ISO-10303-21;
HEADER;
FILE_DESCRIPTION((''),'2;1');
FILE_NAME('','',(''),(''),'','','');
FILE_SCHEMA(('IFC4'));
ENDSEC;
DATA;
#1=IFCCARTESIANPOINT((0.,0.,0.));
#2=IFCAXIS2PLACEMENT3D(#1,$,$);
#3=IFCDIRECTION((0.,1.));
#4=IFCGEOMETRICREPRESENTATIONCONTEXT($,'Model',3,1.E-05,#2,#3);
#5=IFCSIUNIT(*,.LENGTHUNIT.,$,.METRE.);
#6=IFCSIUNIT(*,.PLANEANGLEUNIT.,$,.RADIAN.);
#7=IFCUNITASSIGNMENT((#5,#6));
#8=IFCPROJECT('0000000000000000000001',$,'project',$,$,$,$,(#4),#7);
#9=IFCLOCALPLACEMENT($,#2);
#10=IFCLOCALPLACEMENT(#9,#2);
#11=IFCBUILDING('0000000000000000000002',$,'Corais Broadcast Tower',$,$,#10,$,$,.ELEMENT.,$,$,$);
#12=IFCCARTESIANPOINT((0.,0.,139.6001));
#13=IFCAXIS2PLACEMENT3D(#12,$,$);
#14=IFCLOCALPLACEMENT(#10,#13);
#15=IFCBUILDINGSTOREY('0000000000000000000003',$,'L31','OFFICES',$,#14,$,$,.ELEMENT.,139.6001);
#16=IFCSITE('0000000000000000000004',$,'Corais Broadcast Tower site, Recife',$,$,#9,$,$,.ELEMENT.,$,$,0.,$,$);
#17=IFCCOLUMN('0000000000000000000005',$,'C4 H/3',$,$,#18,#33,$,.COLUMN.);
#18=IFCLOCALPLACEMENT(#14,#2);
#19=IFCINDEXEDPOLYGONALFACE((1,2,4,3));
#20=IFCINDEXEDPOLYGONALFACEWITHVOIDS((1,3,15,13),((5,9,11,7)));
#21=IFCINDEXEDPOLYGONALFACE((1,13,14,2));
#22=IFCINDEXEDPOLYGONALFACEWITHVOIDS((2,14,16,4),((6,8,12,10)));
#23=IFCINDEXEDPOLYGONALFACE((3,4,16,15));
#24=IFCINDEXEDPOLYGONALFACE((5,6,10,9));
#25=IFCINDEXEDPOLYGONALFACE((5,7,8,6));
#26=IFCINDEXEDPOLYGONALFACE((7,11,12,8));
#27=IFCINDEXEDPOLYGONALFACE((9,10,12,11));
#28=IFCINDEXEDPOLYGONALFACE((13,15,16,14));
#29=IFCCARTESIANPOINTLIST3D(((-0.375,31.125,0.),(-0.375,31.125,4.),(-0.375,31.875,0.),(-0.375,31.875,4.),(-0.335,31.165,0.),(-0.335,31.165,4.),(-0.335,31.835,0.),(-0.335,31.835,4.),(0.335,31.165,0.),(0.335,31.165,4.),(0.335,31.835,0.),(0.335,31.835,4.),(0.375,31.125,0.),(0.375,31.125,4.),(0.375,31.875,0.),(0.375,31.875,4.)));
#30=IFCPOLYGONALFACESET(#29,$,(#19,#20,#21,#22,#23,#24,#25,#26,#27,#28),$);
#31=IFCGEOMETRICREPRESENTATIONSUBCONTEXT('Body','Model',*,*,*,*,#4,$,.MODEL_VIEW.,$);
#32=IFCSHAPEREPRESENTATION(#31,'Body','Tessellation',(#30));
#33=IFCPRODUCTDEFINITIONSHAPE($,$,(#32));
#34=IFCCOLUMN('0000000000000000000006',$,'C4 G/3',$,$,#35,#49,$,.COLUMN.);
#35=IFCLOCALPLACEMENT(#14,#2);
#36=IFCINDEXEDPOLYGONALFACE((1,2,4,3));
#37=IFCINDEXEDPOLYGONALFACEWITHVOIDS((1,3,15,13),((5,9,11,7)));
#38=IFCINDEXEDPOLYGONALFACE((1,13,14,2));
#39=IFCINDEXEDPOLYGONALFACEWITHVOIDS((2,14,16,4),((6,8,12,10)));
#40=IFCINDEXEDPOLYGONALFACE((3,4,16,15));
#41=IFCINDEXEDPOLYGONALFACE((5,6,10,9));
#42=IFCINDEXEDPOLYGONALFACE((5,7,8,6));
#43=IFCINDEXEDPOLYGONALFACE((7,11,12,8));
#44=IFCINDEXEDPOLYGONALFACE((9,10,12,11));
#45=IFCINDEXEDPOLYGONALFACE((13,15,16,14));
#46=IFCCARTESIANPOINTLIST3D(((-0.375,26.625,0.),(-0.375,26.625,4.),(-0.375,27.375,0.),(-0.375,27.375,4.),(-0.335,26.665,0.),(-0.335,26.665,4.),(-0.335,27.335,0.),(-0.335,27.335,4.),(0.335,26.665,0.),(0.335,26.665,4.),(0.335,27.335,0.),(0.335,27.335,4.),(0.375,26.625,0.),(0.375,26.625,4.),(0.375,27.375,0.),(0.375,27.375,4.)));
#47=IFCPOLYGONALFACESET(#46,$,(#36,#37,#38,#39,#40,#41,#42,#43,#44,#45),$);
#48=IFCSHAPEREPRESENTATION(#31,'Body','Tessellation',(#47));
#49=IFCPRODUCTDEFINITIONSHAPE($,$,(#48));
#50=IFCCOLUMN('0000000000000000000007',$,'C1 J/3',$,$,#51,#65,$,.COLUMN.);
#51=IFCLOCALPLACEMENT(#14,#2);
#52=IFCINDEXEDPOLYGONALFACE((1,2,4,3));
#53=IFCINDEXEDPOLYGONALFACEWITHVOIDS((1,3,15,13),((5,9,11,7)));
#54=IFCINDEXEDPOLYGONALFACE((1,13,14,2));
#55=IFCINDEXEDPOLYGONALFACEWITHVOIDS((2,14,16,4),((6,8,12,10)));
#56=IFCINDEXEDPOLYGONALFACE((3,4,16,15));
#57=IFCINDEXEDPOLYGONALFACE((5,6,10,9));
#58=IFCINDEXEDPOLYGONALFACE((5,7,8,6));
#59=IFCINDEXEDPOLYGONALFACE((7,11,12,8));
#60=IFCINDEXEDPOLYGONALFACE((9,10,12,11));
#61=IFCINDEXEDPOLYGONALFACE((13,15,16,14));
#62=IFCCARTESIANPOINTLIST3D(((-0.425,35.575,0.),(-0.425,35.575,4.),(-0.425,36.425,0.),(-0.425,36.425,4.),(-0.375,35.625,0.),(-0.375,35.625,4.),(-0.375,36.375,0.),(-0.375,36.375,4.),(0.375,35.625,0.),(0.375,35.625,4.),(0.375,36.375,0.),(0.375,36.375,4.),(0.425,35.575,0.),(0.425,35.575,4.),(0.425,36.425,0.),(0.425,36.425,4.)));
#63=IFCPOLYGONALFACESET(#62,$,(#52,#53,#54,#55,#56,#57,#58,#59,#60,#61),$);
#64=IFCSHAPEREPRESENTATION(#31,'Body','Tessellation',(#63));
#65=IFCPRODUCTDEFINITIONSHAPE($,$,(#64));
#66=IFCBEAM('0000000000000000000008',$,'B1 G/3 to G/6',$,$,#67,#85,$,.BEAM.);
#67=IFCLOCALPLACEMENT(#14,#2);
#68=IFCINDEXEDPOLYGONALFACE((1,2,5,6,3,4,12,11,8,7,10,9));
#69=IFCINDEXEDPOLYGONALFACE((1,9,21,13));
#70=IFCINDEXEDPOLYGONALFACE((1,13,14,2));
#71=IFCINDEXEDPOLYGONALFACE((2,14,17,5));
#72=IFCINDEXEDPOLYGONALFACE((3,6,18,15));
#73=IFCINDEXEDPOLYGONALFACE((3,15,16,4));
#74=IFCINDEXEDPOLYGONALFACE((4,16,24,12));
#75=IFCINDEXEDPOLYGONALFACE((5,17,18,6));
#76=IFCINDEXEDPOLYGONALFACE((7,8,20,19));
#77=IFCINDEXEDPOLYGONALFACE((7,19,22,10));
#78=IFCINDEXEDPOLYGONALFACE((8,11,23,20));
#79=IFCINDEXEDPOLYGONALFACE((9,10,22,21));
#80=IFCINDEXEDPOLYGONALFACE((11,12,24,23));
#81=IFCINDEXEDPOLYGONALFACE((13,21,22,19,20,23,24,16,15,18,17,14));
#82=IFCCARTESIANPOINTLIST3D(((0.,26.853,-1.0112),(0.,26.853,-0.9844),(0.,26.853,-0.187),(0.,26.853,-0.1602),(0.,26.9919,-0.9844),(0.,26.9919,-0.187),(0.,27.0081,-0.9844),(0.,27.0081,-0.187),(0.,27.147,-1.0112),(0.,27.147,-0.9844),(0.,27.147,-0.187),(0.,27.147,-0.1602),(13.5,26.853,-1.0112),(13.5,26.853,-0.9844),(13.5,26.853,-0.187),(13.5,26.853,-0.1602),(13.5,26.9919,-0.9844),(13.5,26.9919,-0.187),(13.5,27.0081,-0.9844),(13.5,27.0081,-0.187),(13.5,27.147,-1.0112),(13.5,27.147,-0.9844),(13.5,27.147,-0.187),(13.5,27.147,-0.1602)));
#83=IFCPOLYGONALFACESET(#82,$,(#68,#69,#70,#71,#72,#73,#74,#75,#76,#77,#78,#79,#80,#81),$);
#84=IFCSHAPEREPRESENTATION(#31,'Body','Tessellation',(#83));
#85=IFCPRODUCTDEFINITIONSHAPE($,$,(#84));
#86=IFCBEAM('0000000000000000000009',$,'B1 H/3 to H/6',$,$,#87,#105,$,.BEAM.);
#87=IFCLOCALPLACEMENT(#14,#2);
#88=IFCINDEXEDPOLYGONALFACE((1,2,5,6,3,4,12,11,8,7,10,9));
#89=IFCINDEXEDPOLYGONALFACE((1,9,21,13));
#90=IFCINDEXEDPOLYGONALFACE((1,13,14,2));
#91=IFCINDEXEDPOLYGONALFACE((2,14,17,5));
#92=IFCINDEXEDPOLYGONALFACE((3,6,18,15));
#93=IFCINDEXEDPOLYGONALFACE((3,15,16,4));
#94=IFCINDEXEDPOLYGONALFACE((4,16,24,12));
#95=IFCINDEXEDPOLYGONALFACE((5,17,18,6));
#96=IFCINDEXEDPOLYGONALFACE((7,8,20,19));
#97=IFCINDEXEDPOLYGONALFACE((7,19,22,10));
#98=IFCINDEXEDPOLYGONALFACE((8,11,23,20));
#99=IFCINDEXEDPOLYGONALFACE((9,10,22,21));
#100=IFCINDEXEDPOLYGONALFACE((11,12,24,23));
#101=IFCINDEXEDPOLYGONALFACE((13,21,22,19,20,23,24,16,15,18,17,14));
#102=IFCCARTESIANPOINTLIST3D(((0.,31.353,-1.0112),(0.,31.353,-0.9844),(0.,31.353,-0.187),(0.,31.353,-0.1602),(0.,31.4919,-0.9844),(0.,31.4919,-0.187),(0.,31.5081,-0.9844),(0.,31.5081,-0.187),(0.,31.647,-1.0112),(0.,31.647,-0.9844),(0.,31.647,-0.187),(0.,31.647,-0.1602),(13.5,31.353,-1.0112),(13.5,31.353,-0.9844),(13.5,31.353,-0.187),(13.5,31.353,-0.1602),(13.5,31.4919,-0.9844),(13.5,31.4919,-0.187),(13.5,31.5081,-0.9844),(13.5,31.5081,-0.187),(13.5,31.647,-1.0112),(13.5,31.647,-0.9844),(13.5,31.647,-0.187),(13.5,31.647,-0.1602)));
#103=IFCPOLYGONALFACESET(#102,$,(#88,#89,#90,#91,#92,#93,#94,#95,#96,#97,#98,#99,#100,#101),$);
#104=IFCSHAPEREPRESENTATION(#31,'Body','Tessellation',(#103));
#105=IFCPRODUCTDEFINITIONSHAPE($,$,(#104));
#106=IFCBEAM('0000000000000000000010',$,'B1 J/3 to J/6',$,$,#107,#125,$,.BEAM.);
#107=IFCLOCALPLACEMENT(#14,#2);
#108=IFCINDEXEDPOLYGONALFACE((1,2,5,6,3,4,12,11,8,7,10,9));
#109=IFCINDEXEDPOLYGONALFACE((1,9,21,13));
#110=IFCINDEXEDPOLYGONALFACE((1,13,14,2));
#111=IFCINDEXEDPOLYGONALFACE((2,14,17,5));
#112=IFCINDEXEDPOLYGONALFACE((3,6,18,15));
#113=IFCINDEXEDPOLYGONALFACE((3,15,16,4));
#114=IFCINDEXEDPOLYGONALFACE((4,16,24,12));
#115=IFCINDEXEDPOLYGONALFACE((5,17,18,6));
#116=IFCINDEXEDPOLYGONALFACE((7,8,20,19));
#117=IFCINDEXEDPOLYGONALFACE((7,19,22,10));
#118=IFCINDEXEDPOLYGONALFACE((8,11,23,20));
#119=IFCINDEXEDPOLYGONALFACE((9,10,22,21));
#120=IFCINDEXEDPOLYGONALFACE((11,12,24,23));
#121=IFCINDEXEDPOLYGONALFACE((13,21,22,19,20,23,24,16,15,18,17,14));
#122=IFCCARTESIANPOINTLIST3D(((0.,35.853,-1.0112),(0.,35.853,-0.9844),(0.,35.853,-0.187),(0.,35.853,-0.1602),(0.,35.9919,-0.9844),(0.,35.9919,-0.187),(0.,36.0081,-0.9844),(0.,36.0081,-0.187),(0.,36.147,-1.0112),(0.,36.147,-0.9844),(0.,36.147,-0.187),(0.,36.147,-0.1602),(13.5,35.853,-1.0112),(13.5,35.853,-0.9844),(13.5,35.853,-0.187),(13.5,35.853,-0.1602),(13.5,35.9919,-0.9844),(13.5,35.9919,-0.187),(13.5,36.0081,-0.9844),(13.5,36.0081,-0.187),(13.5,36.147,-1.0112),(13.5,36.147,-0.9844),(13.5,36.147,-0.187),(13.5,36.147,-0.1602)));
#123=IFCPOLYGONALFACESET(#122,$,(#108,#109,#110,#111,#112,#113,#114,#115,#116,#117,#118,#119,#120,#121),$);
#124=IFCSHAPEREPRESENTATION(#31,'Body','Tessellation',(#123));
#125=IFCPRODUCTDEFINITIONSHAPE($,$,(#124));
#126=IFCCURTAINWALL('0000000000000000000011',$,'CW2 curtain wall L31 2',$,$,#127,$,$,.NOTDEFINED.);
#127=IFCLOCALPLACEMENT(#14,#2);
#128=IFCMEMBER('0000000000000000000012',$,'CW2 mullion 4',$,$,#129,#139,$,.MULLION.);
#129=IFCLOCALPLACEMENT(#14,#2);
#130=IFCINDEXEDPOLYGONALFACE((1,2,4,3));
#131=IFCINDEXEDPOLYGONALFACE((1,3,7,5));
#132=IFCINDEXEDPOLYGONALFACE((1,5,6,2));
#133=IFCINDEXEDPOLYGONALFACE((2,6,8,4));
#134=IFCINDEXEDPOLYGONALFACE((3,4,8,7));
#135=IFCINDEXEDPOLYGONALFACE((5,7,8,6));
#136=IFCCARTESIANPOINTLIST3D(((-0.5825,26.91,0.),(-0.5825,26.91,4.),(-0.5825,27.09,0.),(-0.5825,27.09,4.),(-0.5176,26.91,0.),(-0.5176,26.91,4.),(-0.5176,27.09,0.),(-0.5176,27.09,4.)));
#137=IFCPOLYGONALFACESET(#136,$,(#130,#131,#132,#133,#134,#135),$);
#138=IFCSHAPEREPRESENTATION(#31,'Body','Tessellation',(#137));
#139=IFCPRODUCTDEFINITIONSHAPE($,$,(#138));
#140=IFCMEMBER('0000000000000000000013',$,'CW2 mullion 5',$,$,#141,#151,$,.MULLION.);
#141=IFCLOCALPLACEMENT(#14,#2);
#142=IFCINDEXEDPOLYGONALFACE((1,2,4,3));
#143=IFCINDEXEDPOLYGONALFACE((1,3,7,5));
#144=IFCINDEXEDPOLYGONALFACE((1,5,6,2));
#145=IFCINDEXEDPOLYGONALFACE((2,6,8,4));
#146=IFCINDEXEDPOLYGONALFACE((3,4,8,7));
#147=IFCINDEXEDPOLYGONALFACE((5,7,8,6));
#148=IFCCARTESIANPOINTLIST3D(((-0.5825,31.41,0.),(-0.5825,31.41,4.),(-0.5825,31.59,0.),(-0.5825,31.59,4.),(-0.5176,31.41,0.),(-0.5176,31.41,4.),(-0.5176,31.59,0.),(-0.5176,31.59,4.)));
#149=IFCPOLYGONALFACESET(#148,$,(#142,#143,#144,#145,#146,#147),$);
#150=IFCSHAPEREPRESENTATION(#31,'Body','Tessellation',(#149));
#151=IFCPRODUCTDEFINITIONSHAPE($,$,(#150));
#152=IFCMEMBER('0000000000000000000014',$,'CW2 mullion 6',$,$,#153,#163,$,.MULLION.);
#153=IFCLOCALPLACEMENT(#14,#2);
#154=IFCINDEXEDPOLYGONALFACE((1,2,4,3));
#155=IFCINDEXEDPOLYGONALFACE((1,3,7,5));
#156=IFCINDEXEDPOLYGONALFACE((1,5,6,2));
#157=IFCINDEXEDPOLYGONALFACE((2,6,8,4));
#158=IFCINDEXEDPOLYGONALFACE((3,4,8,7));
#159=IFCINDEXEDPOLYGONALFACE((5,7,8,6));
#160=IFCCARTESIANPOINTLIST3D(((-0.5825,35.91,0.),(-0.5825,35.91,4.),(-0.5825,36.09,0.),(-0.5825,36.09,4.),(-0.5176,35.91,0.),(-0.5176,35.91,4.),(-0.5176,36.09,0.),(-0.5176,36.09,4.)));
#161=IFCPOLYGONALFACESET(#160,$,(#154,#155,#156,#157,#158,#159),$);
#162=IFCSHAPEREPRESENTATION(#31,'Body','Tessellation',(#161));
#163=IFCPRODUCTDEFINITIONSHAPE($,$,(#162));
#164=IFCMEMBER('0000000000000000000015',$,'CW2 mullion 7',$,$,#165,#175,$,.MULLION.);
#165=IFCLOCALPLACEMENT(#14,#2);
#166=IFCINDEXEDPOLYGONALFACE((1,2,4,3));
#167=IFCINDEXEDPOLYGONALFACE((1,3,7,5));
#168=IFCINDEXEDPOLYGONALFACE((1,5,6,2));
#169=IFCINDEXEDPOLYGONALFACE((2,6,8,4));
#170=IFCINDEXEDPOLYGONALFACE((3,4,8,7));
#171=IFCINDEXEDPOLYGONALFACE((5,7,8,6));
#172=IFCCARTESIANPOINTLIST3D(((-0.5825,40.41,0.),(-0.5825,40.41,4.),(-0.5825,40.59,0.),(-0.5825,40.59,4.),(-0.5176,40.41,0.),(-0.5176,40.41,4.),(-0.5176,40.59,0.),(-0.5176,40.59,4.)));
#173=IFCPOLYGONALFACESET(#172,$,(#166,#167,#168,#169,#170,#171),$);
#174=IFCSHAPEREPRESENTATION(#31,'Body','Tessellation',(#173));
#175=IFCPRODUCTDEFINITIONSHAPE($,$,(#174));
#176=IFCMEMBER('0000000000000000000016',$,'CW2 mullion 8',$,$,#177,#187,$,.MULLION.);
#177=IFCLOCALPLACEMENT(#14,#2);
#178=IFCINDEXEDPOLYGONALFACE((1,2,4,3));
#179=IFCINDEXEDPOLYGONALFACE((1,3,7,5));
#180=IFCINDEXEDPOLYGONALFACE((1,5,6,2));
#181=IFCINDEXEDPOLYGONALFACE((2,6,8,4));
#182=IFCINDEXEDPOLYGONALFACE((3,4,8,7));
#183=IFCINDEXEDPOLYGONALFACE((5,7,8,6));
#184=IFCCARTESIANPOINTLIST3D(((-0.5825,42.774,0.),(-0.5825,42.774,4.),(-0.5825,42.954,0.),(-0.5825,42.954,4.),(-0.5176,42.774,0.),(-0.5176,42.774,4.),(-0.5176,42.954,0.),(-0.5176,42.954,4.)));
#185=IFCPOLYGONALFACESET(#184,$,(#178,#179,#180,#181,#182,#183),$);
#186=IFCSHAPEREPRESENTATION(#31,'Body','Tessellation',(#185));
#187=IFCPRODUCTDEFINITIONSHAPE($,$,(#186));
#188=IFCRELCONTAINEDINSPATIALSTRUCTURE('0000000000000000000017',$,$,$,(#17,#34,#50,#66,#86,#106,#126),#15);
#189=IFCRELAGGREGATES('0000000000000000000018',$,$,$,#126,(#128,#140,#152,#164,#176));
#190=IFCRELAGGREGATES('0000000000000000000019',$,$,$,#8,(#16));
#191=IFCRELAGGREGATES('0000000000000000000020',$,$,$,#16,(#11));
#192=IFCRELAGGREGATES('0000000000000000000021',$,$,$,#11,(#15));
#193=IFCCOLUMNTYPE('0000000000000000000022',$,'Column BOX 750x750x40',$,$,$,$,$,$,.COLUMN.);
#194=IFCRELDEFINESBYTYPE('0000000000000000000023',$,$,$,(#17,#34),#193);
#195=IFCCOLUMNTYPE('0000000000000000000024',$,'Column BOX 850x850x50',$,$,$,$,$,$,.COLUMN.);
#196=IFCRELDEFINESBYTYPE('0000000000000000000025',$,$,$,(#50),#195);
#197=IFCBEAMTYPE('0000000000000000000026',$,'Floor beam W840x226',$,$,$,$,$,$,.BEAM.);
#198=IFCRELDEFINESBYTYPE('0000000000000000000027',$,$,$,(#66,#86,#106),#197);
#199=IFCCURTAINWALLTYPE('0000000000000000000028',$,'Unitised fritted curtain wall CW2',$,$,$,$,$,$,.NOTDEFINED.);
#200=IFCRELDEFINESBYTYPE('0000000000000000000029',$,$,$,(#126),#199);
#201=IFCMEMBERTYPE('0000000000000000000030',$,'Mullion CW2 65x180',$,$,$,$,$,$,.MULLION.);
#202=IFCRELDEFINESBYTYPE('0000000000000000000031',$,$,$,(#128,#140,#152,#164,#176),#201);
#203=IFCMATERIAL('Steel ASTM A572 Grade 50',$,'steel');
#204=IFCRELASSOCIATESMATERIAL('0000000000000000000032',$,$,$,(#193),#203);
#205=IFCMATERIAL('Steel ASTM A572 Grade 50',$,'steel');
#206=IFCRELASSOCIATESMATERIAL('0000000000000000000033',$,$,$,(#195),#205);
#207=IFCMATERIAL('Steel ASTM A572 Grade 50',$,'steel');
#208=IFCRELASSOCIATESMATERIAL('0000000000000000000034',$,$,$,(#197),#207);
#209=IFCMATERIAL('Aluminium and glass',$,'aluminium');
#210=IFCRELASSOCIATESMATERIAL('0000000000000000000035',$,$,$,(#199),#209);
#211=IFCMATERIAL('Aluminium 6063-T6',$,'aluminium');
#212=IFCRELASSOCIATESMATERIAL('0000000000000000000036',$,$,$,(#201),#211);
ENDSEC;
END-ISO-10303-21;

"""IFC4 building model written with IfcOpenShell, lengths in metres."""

from ifc_helpers import new_model, si_unit, direction, frame, origin, origin_2d, place, context, subcontext, project, spatial, rectangle, hollow_rectangle, i_section, extrude, material, material_profile, profile_set, type_object, element, aggregate, save


model = new_model("IFC4")

# Units and contexts
model_context = context("Model", 3, precision=1e-05, world=origin(), true_north=direction((0.0, 1.0)))
body_context = subcontext(model_context, "Body", "Model", "MODEL_VIEW")
ifc_project = project(units=[si_unit("LENGTHUNIT", "METRE"), si_unit("PLANEANGLEUNIT", "RADIAN")], contexts=[model_context])

# Site, building, storey
site_placement = place(None, origin())
site = spatial("IfcSite", under=ifc_project, at=site_placement, Name="Corais Broadcast Tower site, Recife", CompositionType="ELEMENT", RefElevation=0.0)
building_placement = place(site_placement, origin())
building = spatial("IfcBuilding", under=site, at=building_placement, Name="Corais Broadcast Tower", CompositionType="ELEMENT")
storey_placement = place(building_placement, frame((0.0, 0.0, 139.6001)))
storey = spatial("IfcBuildingStorey", under=building, at=storey_placement, Name="L31", Description="OFFICES", CompositionType="ELEMENT", Elevation=139.6001)

# Columns
ifc_material_1 = material(Name="Steel ASTM A572 Grade 50", Category="steel")
ifc_material_profile_1 = material_profile(ifc_material_1, hollow_rectangle(XDim=0.75, YDim=0.75, WallThickness=0.04, at=origin_2d()), Name="BOX 750x750x40")
ifc_profile_set_1 = profile_set([ifc_material_profile_1], Name="Steel ASTM A572 Grade 50")
column_type_1 = type_object("IfcColumnType", Name="Column BOX 750x750x40", PredefinedType="COLUMN", material=ifc_profile_set_1)
for number, where, z_axis, x_axis, name in (
    (1, (0.0, 31.5, 0.0), (0.0, 0.0, 1.0), (1.0, 0.0, 0.0), "C4 H/3"),
    (2, (0.0, 27.0, 0.0), (0.0, 0.0, 1.0), (1.0, 0.0, 0.0), "C4 G/3"),
):
    element("IfcColumn", number, at=place(storey_placement, frame(where, z_axis=z_axis, x_axis=x_axis)), inside=storey, type_object=column_type_1, Name=name, PredefinedType="COLUMN", context=body_context, shape_type="SweptSolid", body=[
        extrude(hollow_rectangle(XDim=0.75, YDim=0.75, WallThickness=0.04, at=origin_2d()), origin(), (0.0, 0.0, 1.0), 4.0),
    ])
ifc_material_2 = material(Name="Steel ASTM A572 Grade 50", Category="steel")
ifc_material_profile_2 = material_profile(ifc_material_2, hollow_rectangle(XDim=0.8501, YDim=0.8501, WallThickness=0.05, at=origin_2d()), Name="BOX 850x850x50")
ifc_profile_set_2 = profile_set([ifc_material_profile_2], Name="Steel ASTM A572 Grade 50")
column_type_2 = type_object("IfcColumnType", Name="Column BOX 850x850x50", PredefinedType="COLUMN", material=ifc_profile_set_2)
column_placement = place(storey_placement, frame((0.0, 36.0, 0.0), z_axis=(0.0, 0.0, 1.0), x_axis=(1.0, 0.0, 0.0)))
element("IfcColumn", 3, at=column_placement, inside=storey, type_object=column_type_2, Name="C1 J/3", PredefinedType="COLUMN", context=body_context, shape_type="SweptSolid", body=[
    extrude(hollow_rectangle(XDim=0.8501, YDim=0.8501, WallThickness=0.05, at=origin_2d()), origin(), (0.0, 0.0, 1.0), 4.0),
])

# Beams
ifc_material_3 = material(Name="Steel ASTM A572 Grade 50", Category="steel")
ifc_material_profile_3 = material_profile(ifc_material_3, i_section(OverallWidth=0.2939, OverallDepth=0.8511, WebThickness=0.0161, FlangeThickness=0.0269, at=origin_2d()), Name="W840x226")
ifc_profile_set_3 = profile_set([ifc_material_profile_3], Name="Steel ASTM A572 Grade 50")
beam_type_1 = type_object("IfcBeamType", Name="Floor beam W840x226", PredefinedType="BEAM", material=ifc_profile_set_3)
for number, where, z_axis, x_axis, name in (
    (4, (0.0, 27.0, -0.5857), (1.0, 0.0, 0.0), (0.0, 1.0, 0.0), "B1 G/3 to G/6"),
    (5, (0.0, 31.5, -0.5857), (1.0, 0.0, 0.0), (0.0, 1.0, 0.0), "B1 H/3 to H/6"),
    (6, (0.0, 36.0, -0.5857), (1.0, 0.0, 0.0), (0.0, 1.0, 0.0), "B1 J/3 to J/6"),
):
    element("IfcBeam", number, at=place(storey_placement, frame(where, z_axis=z_axis, x_axis=x_axis)), inside=storey, type_object=beam_type_1, Name=name, PredefinedType="BEAM", context=body_context, shape_type="SweptSolid", body=[
        extrude(i_section(OverallWidth=0.2939, OverallDepth=0.8511, WebThickness=0.0161, FlangeThickness=0.0269, at=origin_2d()), origin(), (0.0, 0.0, 1.0), 13.5),
    ])

# Curtain wall, members
ifc_material_4 = material(Name="Aluminium and glass", Category="aluminium")
curtain_wall_type = type_object("IfcCurtainWallType", Name="Unitised fritted curtain wall CW2", PredefinedType="NOTDEFINED", material=ifc_material_4)
curtain_wall_placement = place(storey_placement, origin())
curtain_wall = element("IfcCurtainWall", 7, at=curtain_wall_placement, inside=storey, type_object=curtain_wall_type, Name="CW2 curtain wall L31 2", PredefinedType="NOTDEFINED")
ifc_material_5 = material(Name="Aluminium 6063-T6", Category="aluminium")
ifc_material_profile_4 = material_profile(ifc_material_5, rectangle(XDim=0.0649, YDim=0.1799, at=origin_2d()), Name="Mullion CW2 65x180")
ifc_profile_set_4 = profile_set([ifc_material_profile_4], Name="Aluminium 6063-T6")
member_type_1 = type_object("IfcMemberType", Name="Mullion CW2 65x180", PredefinedType="MULLION", material=ifc_profile_set_4)
member_1_placement = place(storey_placement, frame((-0.55, 27.0, 0.0), z_axis=(0.0, 0.0, 1.0), x_axis=(-1.0, 0.0, 0.0)))
member_1 = element("IfcMember", 8, at=member_1_placement, type_object=member_type_1, Name="CW2 mullion 4", PredefinedType="MULLION", context=body_context, shape_type="SweptSolid", body=[
    extrude(rectangle(XDim=0.0649, YDim=0.1799, at=origin_2d()), origin(), (0.0, 0.0, 1.0), 4.0),
])
member_2_placement = place(storey_placement, frame((-0.55, 31.5, 0.0), z_axis=(0.0, 0.0, 1.0), x_axis=(-1.0, 0.0, 0.0)))
member_2 = element("IfcMember", 9, at=member_2_placement, type_object=member_type_1, Name="CW2 mullion 5", PredefinedType="MULLION", context=body_context, shape_type="SweptSolid", body=[
    extrude(rectangle(XDim=0.0649, YDim=0.1799, at=origin_2d()), origin(), (0.0, 0.0, 1.0), 4.0),
])
member_3_placement = place(storey_placement, frame((-0.55, 36.0, 0.0), z_axis=(0.0, 0.0, 1.0), x_axis=(-1.0, 0.0, 0.0)))
member_3 = element("IfcMember", 10, at=member_3_placement, type_object=member_type_1, Name="CW2 mullion 6", PredefinedType="MULLION", context=body_context, shape_type="SweptSolid", body=[
    extrude(rectangle(XDim=0.0649, YDim=0.1799, at=origin_2d()), origin(), (0.0, 0.0, 1.0), 4.0),
])
member_4_placement = place(storey_placement, frame((-0.55, 40.5, 0.0), z_axis=(0.0, 0.0, 1.0), x_axis=(-1.0, 0.0, 0.0)))
member_4 = element("IfcMember", 11, at=member_4_placement, type_object=member_type_1, Name="CW2 mullion 7", PredefinedType="MULLION", context=body_context, shape_type="SweptSolid", body=[
    extrude(rectangle(XDim=0.0649, YDim=0.1799, at=origin_2d()), origin(), (0.0, 0.0, 1.0), 4.0),
])
member_5_placement = place(storey_placement, frame((-0.55, 42.864, 0.0), z_axis=(0.0, 0.0, 1.0), x_axis=(-1.0, 0.0, 0.0)))
member_5 = element("IfcMember", 12, at=member_5_placement, type_object=member_type_1, Name="CW2 mullion 8", PredefinedType="MULLION", context=body_context, shape_type="SweptSolid", body=[
    extrude(rectangle(XDim=0.0649, YDim=0.1799, at=origin_2d()), origin(), (0.0, 0.0, 1.0), 4.0),
])

aggregate(curtain_wall, [member_1, member_2, member_3, member_4, member_5])

save(model, "model.ifc")
